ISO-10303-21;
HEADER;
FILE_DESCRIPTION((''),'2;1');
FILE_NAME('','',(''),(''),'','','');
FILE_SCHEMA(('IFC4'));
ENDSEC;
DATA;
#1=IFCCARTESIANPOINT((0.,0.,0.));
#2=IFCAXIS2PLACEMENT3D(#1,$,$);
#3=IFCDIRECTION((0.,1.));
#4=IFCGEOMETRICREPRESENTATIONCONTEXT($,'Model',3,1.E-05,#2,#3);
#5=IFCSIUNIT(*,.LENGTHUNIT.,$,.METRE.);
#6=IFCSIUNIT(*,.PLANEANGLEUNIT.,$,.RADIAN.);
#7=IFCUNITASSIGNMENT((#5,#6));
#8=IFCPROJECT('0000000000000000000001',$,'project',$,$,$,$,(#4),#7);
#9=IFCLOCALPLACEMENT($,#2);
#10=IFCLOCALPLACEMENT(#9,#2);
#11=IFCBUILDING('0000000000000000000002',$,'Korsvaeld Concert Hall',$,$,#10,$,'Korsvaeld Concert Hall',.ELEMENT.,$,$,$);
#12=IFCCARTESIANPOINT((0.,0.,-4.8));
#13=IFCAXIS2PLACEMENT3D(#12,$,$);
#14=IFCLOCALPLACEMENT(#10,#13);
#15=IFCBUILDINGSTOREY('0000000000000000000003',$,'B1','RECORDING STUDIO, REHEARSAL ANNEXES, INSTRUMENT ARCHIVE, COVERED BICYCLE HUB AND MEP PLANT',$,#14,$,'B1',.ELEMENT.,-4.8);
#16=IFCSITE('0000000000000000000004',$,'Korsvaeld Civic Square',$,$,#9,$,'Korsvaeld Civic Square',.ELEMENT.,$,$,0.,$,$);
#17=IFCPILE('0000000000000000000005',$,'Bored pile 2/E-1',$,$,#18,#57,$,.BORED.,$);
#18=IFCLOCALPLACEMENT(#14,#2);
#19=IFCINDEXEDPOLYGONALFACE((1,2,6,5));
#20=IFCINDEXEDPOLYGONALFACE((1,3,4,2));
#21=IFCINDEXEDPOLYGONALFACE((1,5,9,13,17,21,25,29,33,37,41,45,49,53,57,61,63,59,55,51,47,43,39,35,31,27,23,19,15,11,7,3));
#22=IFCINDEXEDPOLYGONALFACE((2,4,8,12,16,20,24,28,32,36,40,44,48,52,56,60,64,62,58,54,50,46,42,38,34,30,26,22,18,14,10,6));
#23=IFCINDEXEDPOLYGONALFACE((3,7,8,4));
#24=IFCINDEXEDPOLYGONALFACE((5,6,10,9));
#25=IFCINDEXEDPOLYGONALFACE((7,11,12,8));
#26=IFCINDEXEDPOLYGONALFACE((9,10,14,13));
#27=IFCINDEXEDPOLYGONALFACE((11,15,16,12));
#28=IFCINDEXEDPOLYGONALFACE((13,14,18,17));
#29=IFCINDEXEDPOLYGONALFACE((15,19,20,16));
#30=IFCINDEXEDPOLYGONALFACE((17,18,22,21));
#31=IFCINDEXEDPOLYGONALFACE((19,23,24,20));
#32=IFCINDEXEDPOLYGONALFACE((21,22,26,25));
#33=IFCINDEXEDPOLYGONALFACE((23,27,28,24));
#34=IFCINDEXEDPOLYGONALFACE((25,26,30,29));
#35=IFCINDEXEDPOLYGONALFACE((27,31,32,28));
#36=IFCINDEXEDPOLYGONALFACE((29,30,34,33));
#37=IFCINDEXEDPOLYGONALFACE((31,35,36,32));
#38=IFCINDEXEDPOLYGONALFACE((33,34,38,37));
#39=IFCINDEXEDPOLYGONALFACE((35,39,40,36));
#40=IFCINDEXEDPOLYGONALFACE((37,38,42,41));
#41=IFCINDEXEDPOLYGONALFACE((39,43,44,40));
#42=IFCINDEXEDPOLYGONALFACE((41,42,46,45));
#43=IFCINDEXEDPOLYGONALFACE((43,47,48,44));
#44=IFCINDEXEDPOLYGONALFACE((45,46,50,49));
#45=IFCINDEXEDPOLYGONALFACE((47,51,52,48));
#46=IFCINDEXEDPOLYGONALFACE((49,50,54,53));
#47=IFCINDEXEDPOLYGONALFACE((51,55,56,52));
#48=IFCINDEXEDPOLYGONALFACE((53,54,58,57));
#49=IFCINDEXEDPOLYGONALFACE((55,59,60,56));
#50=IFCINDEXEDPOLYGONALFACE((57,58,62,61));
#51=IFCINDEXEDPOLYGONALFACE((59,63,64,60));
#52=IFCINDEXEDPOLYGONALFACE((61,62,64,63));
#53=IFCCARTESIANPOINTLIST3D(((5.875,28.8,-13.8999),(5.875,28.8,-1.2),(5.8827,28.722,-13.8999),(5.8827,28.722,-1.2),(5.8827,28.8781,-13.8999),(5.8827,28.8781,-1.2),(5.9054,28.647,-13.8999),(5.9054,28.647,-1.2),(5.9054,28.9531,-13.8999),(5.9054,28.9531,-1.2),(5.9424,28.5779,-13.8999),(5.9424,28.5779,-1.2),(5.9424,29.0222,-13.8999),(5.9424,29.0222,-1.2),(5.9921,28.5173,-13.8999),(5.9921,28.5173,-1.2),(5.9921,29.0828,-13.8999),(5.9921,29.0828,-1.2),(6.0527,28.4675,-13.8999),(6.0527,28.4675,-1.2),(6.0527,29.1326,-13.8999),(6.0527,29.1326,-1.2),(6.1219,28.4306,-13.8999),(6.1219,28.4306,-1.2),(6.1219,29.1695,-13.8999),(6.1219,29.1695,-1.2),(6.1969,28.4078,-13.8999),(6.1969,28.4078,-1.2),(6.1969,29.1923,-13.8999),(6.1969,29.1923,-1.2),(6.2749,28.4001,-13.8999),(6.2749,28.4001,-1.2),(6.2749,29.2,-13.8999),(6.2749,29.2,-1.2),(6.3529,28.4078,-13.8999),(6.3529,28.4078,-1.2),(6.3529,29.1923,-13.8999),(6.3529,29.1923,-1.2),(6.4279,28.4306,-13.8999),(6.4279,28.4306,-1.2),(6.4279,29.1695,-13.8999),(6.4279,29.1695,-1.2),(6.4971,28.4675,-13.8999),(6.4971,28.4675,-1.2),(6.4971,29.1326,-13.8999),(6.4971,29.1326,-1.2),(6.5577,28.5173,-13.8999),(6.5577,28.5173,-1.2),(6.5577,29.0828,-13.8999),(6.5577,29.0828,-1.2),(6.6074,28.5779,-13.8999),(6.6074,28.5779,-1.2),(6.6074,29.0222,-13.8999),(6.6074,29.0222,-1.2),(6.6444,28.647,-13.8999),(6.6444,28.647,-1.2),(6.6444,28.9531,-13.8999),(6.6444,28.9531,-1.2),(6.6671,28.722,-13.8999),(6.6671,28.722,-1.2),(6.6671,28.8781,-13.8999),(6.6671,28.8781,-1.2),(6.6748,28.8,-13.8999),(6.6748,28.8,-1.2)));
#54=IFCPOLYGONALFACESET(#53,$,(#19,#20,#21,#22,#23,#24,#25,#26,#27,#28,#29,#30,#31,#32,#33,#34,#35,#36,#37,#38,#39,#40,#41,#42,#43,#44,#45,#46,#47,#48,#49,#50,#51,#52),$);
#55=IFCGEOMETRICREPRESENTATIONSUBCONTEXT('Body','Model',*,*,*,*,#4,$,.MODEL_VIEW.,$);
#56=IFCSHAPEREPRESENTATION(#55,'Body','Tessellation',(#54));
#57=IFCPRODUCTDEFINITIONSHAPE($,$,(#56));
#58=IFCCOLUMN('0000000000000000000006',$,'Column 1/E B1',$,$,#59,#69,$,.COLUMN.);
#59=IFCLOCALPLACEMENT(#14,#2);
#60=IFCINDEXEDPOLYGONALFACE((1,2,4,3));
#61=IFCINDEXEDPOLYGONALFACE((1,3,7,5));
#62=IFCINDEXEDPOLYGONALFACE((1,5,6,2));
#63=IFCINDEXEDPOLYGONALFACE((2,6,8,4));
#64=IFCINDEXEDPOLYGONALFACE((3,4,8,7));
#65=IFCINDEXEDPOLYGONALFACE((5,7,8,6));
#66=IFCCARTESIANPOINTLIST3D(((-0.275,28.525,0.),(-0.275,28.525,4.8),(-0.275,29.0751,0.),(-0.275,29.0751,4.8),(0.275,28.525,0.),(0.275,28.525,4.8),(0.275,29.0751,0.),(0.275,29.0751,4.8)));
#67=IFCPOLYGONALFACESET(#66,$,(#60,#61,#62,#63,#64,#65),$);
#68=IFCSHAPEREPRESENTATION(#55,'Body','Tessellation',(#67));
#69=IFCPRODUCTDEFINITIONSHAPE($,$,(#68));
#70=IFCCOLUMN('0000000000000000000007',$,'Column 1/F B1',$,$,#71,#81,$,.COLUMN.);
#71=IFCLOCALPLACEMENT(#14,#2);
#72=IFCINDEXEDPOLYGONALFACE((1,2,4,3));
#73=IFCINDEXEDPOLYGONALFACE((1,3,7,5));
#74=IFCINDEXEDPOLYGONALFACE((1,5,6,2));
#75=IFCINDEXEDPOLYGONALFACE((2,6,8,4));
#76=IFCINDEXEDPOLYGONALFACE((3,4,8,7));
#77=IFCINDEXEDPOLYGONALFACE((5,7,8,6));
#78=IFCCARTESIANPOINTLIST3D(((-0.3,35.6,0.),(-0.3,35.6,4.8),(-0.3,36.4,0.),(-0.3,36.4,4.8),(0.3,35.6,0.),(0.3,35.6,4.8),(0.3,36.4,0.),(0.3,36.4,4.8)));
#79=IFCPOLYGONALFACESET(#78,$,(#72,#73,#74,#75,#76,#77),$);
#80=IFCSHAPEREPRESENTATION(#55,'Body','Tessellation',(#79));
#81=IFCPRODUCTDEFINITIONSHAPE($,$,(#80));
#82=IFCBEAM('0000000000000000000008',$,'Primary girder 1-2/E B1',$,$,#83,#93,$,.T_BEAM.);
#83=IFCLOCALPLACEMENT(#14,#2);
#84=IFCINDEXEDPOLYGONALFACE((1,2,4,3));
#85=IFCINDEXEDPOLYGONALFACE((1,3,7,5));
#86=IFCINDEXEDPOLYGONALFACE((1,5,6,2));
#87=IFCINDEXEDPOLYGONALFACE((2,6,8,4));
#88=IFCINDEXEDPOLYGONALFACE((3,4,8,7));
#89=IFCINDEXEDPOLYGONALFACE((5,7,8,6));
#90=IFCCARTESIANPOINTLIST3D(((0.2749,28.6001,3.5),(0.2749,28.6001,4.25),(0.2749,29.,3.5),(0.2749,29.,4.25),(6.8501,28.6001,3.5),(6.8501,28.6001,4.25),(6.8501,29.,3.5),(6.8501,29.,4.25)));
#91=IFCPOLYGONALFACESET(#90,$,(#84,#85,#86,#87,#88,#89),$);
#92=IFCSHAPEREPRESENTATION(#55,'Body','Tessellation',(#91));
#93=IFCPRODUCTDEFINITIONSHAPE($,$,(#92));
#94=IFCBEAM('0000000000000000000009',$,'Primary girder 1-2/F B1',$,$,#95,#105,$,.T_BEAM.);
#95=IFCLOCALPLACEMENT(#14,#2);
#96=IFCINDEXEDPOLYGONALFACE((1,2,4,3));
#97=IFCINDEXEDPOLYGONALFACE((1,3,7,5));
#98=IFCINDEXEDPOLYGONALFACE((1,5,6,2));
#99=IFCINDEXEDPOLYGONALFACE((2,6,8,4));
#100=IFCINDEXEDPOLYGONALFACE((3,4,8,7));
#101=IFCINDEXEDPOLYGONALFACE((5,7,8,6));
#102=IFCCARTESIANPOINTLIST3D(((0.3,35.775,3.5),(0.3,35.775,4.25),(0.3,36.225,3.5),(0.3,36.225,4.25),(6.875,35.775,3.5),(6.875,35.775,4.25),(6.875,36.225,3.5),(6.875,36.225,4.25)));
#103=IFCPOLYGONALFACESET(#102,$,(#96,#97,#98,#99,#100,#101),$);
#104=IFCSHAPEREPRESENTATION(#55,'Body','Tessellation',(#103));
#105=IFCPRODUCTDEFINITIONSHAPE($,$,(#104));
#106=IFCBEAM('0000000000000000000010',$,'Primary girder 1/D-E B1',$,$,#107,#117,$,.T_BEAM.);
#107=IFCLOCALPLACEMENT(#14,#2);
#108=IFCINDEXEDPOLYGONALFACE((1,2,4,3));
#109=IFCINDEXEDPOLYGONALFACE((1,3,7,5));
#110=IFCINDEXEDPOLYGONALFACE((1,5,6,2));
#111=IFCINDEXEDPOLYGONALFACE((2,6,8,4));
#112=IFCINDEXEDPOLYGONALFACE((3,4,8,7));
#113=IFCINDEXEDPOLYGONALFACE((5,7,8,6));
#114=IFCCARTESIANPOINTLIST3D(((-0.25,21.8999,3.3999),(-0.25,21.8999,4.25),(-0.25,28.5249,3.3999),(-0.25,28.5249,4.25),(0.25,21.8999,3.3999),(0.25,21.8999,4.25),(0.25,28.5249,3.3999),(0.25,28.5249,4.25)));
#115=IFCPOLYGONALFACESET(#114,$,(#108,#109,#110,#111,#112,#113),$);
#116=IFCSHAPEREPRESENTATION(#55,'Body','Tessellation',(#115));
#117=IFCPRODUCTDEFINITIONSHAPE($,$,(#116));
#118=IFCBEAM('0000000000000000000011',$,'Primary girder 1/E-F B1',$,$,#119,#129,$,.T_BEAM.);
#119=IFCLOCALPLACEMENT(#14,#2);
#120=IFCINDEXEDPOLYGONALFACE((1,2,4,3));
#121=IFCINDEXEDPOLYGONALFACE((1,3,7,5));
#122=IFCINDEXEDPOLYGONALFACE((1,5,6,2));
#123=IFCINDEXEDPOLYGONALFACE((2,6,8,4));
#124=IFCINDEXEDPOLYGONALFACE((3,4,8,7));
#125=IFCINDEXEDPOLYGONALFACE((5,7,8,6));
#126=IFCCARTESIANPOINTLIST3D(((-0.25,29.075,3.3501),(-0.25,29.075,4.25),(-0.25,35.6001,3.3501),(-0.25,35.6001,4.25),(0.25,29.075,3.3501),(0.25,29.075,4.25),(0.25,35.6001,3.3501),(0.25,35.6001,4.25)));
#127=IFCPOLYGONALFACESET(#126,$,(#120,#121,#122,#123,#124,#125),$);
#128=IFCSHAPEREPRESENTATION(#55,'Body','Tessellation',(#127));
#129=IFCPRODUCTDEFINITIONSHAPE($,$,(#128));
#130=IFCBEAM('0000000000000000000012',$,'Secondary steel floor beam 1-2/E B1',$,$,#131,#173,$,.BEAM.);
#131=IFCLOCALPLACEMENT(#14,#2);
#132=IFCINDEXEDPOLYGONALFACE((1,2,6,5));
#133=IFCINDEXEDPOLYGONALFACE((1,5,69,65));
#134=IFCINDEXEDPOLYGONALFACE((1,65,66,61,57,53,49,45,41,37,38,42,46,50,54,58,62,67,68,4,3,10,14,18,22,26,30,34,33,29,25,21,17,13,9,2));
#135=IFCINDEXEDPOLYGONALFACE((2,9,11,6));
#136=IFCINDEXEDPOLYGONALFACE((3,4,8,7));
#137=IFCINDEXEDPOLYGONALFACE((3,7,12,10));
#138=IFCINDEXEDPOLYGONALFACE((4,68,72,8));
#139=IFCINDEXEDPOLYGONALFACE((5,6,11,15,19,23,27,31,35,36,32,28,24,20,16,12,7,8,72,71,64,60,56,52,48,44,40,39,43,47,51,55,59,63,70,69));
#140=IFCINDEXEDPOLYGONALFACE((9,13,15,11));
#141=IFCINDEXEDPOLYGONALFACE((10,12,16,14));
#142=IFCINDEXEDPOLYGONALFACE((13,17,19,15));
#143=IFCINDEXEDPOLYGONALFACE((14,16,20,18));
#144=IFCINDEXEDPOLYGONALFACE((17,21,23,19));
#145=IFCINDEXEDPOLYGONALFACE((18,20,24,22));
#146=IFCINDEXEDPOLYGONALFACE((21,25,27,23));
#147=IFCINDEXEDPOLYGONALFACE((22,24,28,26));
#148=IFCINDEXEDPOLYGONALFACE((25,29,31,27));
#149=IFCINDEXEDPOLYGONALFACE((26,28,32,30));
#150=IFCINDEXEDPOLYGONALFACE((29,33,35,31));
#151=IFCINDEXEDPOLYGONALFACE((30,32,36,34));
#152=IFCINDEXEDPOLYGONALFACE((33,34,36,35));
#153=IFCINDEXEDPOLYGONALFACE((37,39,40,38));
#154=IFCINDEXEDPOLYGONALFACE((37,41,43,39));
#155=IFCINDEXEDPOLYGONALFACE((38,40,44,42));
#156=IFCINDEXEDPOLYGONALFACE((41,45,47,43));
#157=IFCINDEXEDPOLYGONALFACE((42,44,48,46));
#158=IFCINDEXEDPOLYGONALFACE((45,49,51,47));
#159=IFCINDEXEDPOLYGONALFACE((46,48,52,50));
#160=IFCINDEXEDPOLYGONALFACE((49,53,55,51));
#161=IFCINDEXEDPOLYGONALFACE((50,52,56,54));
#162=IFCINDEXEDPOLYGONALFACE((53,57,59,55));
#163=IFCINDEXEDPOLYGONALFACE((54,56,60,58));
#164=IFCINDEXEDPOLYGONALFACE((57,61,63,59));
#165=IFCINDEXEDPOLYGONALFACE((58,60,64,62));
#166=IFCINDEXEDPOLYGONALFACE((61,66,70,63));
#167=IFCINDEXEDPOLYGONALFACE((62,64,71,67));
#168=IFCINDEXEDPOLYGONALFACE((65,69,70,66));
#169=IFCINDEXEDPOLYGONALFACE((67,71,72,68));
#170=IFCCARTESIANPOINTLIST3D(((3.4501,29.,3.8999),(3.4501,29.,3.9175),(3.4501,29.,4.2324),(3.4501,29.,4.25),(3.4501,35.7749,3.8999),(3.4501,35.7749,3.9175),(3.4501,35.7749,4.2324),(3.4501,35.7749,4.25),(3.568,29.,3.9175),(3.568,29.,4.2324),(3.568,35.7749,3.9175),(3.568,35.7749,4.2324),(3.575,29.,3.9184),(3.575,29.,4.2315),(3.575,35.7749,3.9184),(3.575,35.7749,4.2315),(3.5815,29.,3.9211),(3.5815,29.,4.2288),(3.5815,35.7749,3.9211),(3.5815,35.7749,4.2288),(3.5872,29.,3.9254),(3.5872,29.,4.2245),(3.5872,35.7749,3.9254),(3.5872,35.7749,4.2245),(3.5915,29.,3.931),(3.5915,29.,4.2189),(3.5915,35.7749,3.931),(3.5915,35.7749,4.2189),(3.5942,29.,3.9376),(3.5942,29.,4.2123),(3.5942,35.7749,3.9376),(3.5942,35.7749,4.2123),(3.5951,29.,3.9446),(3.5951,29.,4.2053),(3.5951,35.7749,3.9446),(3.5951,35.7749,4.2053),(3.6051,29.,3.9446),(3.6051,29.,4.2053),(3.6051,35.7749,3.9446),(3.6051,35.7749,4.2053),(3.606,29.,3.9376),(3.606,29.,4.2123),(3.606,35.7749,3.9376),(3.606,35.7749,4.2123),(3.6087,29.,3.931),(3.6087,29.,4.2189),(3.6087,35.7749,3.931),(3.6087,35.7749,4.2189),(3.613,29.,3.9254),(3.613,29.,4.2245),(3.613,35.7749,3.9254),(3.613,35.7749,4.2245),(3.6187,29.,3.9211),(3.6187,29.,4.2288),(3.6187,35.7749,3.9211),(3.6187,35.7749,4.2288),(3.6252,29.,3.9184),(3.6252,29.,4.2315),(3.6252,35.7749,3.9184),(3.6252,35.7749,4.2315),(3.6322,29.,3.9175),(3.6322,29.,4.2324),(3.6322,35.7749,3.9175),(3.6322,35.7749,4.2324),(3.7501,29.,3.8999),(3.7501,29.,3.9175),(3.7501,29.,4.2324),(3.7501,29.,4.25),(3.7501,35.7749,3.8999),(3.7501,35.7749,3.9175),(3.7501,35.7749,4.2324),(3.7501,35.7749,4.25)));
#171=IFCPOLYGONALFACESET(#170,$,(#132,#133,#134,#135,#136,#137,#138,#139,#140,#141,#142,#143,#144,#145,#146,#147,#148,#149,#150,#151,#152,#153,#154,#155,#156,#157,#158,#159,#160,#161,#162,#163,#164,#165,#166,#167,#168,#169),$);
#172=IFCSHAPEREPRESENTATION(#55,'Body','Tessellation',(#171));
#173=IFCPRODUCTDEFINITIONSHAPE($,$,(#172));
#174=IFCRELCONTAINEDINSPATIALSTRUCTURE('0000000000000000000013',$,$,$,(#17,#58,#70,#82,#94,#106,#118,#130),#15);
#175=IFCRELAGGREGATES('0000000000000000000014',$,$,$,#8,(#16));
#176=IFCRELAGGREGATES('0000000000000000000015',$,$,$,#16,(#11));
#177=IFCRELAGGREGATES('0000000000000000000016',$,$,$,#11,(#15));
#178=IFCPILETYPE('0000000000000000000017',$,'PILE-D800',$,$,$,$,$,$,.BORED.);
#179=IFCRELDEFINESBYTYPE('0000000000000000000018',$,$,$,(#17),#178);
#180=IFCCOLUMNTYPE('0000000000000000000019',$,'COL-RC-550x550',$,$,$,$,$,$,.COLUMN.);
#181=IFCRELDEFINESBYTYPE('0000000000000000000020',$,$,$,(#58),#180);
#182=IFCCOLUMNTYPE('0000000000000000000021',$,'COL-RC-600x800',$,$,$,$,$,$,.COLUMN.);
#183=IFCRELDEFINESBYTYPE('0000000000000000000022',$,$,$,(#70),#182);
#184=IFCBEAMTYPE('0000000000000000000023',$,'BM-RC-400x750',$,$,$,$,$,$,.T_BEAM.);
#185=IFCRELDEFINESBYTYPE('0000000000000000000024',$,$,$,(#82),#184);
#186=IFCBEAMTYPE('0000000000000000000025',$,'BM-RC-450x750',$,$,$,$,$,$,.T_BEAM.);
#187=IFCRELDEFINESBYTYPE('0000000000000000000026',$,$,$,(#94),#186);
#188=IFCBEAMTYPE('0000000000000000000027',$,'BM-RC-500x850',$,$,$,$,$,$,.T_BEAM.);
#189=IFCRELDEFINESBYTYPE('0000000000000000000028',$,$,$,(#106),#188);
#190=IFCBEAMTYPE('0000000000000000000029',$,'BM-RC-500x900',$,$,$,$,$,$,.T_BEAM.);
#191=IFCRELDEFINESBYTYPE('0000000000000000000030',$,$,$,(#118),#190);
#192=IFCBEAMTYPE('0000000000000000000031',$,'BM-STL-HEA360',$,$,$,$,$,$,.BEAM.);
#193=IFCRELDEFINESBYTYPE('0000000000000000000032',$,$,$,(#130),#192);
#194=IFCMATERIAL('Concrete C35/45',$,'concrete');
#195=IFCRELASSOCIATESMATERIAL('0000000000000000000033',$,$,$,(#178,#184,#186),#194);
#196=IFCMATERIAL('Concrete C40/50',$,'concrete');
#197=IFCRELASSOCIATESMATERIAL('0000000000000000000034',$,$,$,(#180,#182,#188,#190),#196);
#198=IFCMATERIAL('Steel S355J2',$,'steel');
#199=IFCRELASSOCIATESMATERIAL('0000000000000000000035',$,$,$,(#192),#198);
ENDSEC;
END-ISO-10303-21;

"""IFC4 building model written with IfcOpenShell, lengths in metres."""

from ifc_helpers import new_model, si_unit, direction, frame, origin, origin_2d, place, context, subcontext, project, spatial, rectangle, circle, i_section, extrude, material, material_profile, profile_set, type_object, element, save


model = new_model("IFC4")

# Units and contexts
model_context = context("Model", 3, precision=1e-05, world=origin(), true_north=direction((0.0, 1.0)))
body_context = subcontext(model_context, "Body", "Model", "MODEL_VIEW")
ifc_project = project(units=[si_unit("LENGTHUNIT", "METRE"), si_unit("PLANEANGLEUNIT", "RADIAN")], contexts=[model_context])

# Site, building, storey
site_placement = place(None, origin())
site = spatial("IfcSite", under=ifc_project, at=site_placement, Name="Korsvaeld Civic Square", LongName="Korsvaeld Civic Square", CompositionType="ELEMENT", RefElevation=0.0)
building_placement = place(site_placement, origin())
building = spatial("IfcBuilding", under=site, at=building_placement, Name="Korsvaeld Concert Hall", LongName="Korsvaeld Concert Hall", CompositionType="ELEMENT")
storey_placement = place(building_placement, frame((0.0, 0.0, -4.8)))
storey = spatial("IfcBuildingStorey", under=building, at=storey_placement, Name="B1", Description="RECORDING STUDIO, REHEARSAL ANNEXES, INSTRUMENT ARCHIVE, COVERED BICYCLE HUB AND MEP PLANT", LongName="B1", CompositionType="ELEMENT", Elevation=-4.8)

# Shared definitions
ifc_material_1 = material(Name="Concrete C35/45", Category="concrete")

# Pile
ifc_material_profile_1 = material_profile(ifc_material_1, circle(Radius=0.3999, at=origin_2d()), Name="BORED PILE D800")
ifc_profile_set_1 = profile_set([ifc_material_profile_1], Name="Concrete C35/45")
pile_type_1 = type_object("IfcPileType", Name="PILE-D800", PredefinedType="BORED", material=ifc_profile_set_1)
for number, where, z_axis, x_axis, name in (
    (1, (6.2749, 28.8, -1.2), (0.0, 0.0, -1.0), (1.0, 0.0, 0.0), "Bored pile 2/E-1"),
):
    element("IfcPile", number, at=place(storey_placement, frame(where, z_axis=z_axis, x_axis=x_axis)), inside=storey, type_object=pile_type_1, Name=name, PredefinedType="BORED", context=body_context, shape_type="SweptSolid", body=[
        extrude(circle(Radius=0.3999, at=origin_2d()), origin(), (0.0, 0.0, 1.0), 12.7),
    ])

# Columns
ifc_material_2 = material(Name="Concrete C40/50", Category="concrete")
ifc_material_profile_2 = material_profile(ifc_material_2, rectangle(XDim=0.55, YDim=0.55, at=origin_2d()), Name="RC 550x550")
ifc_profile_set_2 = profile_set([ifc_material_profile_2], Name="Concrete C40/50")
column_type_1 = type_object("IfcColumnType", Name="COL-RC-550x550", PredefinedType="COLUMN", material=ifc_profile_set_2)
column_1_placement = place(storey_placement, frame((0.0, 28.8, 0.0), z_axis=(0.0, 0.0, 1.0), x_axis=(1.0, 0.0, 0.0)))
element("IfcColumn", 2, at=column_1_placement, inside=storey, type_object=column_type_1, Name="Column 1/E B1", PredefinedType="COLUMN", context=body_context, shape_type="SweptSolid", body=[
    extrude(rectangle(XDim=0.55, YDim=0.55, at=origin_2d()), origin(), (0.0, 0.0, 1.0), 4.8),
])
ifc_material_profile_3 = material_profile(ifc_material_2, rectangle(XDim=0.6001, YDim=0.8, at=origin_2d()), Name="RC 600x800")
ifc_profile_set_3 = profile_set([ifc_material_profile_3], Name="Concrete C40/50")
column_type_2 = type_object("IfcColumnType", Name="COL-RC-600x800", PredefinedType="COLUMN", material=ifc_profile_set_3)
column_2_placement = place(storey_placement, frame((0.0, 36.0, 0.0), z_axis=(0.0, 0.0, 1.0), x_axis=(1.0, 0.0, 0.0)))
element("IfcColumn", 3, at=column_2_placement, inside=storey, type_object=column_type_2, Name="Column 1/F B1", PredefinedType="COLUMN", context=body_context, shape_type="SweptSolid", body=[
    extrude(rectangle(XDim=0.6001, YDim=0.8, at=origin_2d()), origin(), (0.0, 0.0, 1.0), 4.8),
])

# Beams
ifc_material_profile_4 = material_profile(ifc_material_1, rectangle(XDim=0.3999, YDim=0.75, at=origin_2d()), Name="RC 400x750")
ifc_profile_set_4 = profile_set([ifc_material_profile_4], Name="Concrete C35/45")
beam_type_1 = type_object("IfcBeamType", Name="BM-RC-400x750", PredefinedType="T_BEAM", material=ifc_profile_set_4)
beam_1_placement = place(storey_placement, frame((0.2749, 28.8, 3.875), z_axis=(1.0, 0.0, 0.0), x_axis=(0.0, 1.0, 0.0)))
element("IfcBeam", 4, at=beam_1_placement, inside=storey, type_object=beam_type_1, Name="Primary girder 1-2/E B1", PredefinedType="T_BEAM", context=body_context, shape_type="SweptSolid", body=[
    extrude(rectangle(XDim=0.3999, YDim=0.75, at=origin_2d()), origin(), (0.0, 0.0, 1.0), 6.5752),
])
ifc_material_profile_5 = material_profile(ifc_material_1, rectangle(XDim=0.45, YDim=0.75, at=origin_2d()), Name="RC 450x750")
ifc_profile_set_5 = profile_set([ifc_material_profile_5], Name="Concrete C35/45")
beam_type_2 = type_object("IfcBeamType", Name="BM-RC-450x750", PredefinedType="T_BEAM", material=ifc_profile_set_5)
beam_2_placement = place(storey_placement, frame((0.3, 36.0, 3.875), z_axis=(1.0, 0.0, 0.0), x_axis=(0.0, 1.0, 0.0)))
element("IfcBeam", 5, at=beam_2_placement, inside=storey, type_object=beam_type_2, Name="Primary girder 1-2/F B1", PredefinedType="T_BEAM", context=body_context, shape_type="SweptSolid", body=[
    extrude(rectangle(XDim=0.45, YDim=0.75, at=origin_2d()), origin(), (0.0, 0.0, 1.0), 6.575),
])
ifc_material_profile_6 = material_profile(ifc_material_2, rectangle(XDim=0.5, YDim=0.8501, at=origin_2d()), Name="RC 500x850")
ifc_profile_set_6 = profile_set([ifc_material_profile_6], Name="Concrete C40/50")
beam_type_3 = type_object("IfcBeamType", Name="BM-RC-500x850", PredefinedType="T_BEAM", material=ifc_profile_set_6)
beam_3_placement = place(storey_placement, frame((0.0, 21.8999, 3.825), z_axis=(0.0, 1.0, 0.0), x_axis=(-1.0, 0.0, 0.0)))
element("IfcBeam", 6, at=beam_3_placement, inside=storey, type_object=beam_type_3, Name="Primary girder 1/D-E B1", PredefinedType="T_BEAM", context=body_context, shape_type="SweptSolid", body=[
    extrude(rectangle(XDim=0.5, YDim=0.8501, at=origin_2d()), origin(), (0.0, 0.0, 1.0), 6.625),
])
ifc_material_profile_7 = material_profile(ifc_material_2, rectangle(XDim=0.5, YDim=0.8999, at=origin_2d()), Name="RC 500x900")
ifc_profile_set_7 = profile_set([ifc_material_profile_7], Name="Concrete C40/50")
beam_type_4 = type_object("IfcBeamType", Name="BM-RC-500x900", PredefinedType="T_BEAM", material=ifc_profile_set_7)
beam_4_placement = place(storey_placement, frame((0.0, 29.075, 3.8), z_axis=(0.0, 1.0, 0.0), x_axis=(-1.0, 0.0, 0.0)))
element("IfcBeam", 7, at=beam_4_placement, inside=storey, type_object=beam_type_4, Name="Primary girder 1/E-F B1", PredefinedType="T_BEAM", context=body_context, shape_type="SweptSolid", body=[
    extrude(rectangle(XDim=0.5, YDim=0.8999, at=origin_2d()), origin(), (0.0, 0.0, 1.0), 6.5251),
])
ifc_material_3 = material(Name="Steel S355J2", Category="steel")
ifc_material_profile_8 = material_profile(ifc_material_3, i_section(OverallWidth=0.3, OverallDepth=0.3501, WebThickness=0.01, FlangeThickness=0.0176, FilletRadius=0.0271, at=origin_2d()), Name="HEA 360")
ifc_profile_set_8 = profile_set([ifc_material_profile_8], Name="Steel S355J2")
beam_type_5 = type_object("IfcBeamType", Name="BM-STL-HEA360", PredefinedType="BEAM", material=ifc_profile_set_8)
beam_5_placement = place(storey_placement, frame((3.6001, 29.0, 4.075), z_axis=(0.0, 1.0, 0.0), x_axis=(-1.0, 0.0, 0.0)))
element("IfcBeam", 8, at=beam_5_placement, inside=storey, type_object=beam_type_5, Name="Secondary steel floor beam 1-2/E B1", PredefinedType="BEAM", context=body_context, shape_type="SweptSolid", body=[
    extrude(i_section(OverallWidth=0.3, OverallDepth=0.3501, WebThickness=0.01, FlangeThickness=0.0176, FilletRadius=0.0271, at=origin_2d()), origin(), (0.0, 0.0, 1.0), 6.7749),
])

save(model, "model.ifc")
